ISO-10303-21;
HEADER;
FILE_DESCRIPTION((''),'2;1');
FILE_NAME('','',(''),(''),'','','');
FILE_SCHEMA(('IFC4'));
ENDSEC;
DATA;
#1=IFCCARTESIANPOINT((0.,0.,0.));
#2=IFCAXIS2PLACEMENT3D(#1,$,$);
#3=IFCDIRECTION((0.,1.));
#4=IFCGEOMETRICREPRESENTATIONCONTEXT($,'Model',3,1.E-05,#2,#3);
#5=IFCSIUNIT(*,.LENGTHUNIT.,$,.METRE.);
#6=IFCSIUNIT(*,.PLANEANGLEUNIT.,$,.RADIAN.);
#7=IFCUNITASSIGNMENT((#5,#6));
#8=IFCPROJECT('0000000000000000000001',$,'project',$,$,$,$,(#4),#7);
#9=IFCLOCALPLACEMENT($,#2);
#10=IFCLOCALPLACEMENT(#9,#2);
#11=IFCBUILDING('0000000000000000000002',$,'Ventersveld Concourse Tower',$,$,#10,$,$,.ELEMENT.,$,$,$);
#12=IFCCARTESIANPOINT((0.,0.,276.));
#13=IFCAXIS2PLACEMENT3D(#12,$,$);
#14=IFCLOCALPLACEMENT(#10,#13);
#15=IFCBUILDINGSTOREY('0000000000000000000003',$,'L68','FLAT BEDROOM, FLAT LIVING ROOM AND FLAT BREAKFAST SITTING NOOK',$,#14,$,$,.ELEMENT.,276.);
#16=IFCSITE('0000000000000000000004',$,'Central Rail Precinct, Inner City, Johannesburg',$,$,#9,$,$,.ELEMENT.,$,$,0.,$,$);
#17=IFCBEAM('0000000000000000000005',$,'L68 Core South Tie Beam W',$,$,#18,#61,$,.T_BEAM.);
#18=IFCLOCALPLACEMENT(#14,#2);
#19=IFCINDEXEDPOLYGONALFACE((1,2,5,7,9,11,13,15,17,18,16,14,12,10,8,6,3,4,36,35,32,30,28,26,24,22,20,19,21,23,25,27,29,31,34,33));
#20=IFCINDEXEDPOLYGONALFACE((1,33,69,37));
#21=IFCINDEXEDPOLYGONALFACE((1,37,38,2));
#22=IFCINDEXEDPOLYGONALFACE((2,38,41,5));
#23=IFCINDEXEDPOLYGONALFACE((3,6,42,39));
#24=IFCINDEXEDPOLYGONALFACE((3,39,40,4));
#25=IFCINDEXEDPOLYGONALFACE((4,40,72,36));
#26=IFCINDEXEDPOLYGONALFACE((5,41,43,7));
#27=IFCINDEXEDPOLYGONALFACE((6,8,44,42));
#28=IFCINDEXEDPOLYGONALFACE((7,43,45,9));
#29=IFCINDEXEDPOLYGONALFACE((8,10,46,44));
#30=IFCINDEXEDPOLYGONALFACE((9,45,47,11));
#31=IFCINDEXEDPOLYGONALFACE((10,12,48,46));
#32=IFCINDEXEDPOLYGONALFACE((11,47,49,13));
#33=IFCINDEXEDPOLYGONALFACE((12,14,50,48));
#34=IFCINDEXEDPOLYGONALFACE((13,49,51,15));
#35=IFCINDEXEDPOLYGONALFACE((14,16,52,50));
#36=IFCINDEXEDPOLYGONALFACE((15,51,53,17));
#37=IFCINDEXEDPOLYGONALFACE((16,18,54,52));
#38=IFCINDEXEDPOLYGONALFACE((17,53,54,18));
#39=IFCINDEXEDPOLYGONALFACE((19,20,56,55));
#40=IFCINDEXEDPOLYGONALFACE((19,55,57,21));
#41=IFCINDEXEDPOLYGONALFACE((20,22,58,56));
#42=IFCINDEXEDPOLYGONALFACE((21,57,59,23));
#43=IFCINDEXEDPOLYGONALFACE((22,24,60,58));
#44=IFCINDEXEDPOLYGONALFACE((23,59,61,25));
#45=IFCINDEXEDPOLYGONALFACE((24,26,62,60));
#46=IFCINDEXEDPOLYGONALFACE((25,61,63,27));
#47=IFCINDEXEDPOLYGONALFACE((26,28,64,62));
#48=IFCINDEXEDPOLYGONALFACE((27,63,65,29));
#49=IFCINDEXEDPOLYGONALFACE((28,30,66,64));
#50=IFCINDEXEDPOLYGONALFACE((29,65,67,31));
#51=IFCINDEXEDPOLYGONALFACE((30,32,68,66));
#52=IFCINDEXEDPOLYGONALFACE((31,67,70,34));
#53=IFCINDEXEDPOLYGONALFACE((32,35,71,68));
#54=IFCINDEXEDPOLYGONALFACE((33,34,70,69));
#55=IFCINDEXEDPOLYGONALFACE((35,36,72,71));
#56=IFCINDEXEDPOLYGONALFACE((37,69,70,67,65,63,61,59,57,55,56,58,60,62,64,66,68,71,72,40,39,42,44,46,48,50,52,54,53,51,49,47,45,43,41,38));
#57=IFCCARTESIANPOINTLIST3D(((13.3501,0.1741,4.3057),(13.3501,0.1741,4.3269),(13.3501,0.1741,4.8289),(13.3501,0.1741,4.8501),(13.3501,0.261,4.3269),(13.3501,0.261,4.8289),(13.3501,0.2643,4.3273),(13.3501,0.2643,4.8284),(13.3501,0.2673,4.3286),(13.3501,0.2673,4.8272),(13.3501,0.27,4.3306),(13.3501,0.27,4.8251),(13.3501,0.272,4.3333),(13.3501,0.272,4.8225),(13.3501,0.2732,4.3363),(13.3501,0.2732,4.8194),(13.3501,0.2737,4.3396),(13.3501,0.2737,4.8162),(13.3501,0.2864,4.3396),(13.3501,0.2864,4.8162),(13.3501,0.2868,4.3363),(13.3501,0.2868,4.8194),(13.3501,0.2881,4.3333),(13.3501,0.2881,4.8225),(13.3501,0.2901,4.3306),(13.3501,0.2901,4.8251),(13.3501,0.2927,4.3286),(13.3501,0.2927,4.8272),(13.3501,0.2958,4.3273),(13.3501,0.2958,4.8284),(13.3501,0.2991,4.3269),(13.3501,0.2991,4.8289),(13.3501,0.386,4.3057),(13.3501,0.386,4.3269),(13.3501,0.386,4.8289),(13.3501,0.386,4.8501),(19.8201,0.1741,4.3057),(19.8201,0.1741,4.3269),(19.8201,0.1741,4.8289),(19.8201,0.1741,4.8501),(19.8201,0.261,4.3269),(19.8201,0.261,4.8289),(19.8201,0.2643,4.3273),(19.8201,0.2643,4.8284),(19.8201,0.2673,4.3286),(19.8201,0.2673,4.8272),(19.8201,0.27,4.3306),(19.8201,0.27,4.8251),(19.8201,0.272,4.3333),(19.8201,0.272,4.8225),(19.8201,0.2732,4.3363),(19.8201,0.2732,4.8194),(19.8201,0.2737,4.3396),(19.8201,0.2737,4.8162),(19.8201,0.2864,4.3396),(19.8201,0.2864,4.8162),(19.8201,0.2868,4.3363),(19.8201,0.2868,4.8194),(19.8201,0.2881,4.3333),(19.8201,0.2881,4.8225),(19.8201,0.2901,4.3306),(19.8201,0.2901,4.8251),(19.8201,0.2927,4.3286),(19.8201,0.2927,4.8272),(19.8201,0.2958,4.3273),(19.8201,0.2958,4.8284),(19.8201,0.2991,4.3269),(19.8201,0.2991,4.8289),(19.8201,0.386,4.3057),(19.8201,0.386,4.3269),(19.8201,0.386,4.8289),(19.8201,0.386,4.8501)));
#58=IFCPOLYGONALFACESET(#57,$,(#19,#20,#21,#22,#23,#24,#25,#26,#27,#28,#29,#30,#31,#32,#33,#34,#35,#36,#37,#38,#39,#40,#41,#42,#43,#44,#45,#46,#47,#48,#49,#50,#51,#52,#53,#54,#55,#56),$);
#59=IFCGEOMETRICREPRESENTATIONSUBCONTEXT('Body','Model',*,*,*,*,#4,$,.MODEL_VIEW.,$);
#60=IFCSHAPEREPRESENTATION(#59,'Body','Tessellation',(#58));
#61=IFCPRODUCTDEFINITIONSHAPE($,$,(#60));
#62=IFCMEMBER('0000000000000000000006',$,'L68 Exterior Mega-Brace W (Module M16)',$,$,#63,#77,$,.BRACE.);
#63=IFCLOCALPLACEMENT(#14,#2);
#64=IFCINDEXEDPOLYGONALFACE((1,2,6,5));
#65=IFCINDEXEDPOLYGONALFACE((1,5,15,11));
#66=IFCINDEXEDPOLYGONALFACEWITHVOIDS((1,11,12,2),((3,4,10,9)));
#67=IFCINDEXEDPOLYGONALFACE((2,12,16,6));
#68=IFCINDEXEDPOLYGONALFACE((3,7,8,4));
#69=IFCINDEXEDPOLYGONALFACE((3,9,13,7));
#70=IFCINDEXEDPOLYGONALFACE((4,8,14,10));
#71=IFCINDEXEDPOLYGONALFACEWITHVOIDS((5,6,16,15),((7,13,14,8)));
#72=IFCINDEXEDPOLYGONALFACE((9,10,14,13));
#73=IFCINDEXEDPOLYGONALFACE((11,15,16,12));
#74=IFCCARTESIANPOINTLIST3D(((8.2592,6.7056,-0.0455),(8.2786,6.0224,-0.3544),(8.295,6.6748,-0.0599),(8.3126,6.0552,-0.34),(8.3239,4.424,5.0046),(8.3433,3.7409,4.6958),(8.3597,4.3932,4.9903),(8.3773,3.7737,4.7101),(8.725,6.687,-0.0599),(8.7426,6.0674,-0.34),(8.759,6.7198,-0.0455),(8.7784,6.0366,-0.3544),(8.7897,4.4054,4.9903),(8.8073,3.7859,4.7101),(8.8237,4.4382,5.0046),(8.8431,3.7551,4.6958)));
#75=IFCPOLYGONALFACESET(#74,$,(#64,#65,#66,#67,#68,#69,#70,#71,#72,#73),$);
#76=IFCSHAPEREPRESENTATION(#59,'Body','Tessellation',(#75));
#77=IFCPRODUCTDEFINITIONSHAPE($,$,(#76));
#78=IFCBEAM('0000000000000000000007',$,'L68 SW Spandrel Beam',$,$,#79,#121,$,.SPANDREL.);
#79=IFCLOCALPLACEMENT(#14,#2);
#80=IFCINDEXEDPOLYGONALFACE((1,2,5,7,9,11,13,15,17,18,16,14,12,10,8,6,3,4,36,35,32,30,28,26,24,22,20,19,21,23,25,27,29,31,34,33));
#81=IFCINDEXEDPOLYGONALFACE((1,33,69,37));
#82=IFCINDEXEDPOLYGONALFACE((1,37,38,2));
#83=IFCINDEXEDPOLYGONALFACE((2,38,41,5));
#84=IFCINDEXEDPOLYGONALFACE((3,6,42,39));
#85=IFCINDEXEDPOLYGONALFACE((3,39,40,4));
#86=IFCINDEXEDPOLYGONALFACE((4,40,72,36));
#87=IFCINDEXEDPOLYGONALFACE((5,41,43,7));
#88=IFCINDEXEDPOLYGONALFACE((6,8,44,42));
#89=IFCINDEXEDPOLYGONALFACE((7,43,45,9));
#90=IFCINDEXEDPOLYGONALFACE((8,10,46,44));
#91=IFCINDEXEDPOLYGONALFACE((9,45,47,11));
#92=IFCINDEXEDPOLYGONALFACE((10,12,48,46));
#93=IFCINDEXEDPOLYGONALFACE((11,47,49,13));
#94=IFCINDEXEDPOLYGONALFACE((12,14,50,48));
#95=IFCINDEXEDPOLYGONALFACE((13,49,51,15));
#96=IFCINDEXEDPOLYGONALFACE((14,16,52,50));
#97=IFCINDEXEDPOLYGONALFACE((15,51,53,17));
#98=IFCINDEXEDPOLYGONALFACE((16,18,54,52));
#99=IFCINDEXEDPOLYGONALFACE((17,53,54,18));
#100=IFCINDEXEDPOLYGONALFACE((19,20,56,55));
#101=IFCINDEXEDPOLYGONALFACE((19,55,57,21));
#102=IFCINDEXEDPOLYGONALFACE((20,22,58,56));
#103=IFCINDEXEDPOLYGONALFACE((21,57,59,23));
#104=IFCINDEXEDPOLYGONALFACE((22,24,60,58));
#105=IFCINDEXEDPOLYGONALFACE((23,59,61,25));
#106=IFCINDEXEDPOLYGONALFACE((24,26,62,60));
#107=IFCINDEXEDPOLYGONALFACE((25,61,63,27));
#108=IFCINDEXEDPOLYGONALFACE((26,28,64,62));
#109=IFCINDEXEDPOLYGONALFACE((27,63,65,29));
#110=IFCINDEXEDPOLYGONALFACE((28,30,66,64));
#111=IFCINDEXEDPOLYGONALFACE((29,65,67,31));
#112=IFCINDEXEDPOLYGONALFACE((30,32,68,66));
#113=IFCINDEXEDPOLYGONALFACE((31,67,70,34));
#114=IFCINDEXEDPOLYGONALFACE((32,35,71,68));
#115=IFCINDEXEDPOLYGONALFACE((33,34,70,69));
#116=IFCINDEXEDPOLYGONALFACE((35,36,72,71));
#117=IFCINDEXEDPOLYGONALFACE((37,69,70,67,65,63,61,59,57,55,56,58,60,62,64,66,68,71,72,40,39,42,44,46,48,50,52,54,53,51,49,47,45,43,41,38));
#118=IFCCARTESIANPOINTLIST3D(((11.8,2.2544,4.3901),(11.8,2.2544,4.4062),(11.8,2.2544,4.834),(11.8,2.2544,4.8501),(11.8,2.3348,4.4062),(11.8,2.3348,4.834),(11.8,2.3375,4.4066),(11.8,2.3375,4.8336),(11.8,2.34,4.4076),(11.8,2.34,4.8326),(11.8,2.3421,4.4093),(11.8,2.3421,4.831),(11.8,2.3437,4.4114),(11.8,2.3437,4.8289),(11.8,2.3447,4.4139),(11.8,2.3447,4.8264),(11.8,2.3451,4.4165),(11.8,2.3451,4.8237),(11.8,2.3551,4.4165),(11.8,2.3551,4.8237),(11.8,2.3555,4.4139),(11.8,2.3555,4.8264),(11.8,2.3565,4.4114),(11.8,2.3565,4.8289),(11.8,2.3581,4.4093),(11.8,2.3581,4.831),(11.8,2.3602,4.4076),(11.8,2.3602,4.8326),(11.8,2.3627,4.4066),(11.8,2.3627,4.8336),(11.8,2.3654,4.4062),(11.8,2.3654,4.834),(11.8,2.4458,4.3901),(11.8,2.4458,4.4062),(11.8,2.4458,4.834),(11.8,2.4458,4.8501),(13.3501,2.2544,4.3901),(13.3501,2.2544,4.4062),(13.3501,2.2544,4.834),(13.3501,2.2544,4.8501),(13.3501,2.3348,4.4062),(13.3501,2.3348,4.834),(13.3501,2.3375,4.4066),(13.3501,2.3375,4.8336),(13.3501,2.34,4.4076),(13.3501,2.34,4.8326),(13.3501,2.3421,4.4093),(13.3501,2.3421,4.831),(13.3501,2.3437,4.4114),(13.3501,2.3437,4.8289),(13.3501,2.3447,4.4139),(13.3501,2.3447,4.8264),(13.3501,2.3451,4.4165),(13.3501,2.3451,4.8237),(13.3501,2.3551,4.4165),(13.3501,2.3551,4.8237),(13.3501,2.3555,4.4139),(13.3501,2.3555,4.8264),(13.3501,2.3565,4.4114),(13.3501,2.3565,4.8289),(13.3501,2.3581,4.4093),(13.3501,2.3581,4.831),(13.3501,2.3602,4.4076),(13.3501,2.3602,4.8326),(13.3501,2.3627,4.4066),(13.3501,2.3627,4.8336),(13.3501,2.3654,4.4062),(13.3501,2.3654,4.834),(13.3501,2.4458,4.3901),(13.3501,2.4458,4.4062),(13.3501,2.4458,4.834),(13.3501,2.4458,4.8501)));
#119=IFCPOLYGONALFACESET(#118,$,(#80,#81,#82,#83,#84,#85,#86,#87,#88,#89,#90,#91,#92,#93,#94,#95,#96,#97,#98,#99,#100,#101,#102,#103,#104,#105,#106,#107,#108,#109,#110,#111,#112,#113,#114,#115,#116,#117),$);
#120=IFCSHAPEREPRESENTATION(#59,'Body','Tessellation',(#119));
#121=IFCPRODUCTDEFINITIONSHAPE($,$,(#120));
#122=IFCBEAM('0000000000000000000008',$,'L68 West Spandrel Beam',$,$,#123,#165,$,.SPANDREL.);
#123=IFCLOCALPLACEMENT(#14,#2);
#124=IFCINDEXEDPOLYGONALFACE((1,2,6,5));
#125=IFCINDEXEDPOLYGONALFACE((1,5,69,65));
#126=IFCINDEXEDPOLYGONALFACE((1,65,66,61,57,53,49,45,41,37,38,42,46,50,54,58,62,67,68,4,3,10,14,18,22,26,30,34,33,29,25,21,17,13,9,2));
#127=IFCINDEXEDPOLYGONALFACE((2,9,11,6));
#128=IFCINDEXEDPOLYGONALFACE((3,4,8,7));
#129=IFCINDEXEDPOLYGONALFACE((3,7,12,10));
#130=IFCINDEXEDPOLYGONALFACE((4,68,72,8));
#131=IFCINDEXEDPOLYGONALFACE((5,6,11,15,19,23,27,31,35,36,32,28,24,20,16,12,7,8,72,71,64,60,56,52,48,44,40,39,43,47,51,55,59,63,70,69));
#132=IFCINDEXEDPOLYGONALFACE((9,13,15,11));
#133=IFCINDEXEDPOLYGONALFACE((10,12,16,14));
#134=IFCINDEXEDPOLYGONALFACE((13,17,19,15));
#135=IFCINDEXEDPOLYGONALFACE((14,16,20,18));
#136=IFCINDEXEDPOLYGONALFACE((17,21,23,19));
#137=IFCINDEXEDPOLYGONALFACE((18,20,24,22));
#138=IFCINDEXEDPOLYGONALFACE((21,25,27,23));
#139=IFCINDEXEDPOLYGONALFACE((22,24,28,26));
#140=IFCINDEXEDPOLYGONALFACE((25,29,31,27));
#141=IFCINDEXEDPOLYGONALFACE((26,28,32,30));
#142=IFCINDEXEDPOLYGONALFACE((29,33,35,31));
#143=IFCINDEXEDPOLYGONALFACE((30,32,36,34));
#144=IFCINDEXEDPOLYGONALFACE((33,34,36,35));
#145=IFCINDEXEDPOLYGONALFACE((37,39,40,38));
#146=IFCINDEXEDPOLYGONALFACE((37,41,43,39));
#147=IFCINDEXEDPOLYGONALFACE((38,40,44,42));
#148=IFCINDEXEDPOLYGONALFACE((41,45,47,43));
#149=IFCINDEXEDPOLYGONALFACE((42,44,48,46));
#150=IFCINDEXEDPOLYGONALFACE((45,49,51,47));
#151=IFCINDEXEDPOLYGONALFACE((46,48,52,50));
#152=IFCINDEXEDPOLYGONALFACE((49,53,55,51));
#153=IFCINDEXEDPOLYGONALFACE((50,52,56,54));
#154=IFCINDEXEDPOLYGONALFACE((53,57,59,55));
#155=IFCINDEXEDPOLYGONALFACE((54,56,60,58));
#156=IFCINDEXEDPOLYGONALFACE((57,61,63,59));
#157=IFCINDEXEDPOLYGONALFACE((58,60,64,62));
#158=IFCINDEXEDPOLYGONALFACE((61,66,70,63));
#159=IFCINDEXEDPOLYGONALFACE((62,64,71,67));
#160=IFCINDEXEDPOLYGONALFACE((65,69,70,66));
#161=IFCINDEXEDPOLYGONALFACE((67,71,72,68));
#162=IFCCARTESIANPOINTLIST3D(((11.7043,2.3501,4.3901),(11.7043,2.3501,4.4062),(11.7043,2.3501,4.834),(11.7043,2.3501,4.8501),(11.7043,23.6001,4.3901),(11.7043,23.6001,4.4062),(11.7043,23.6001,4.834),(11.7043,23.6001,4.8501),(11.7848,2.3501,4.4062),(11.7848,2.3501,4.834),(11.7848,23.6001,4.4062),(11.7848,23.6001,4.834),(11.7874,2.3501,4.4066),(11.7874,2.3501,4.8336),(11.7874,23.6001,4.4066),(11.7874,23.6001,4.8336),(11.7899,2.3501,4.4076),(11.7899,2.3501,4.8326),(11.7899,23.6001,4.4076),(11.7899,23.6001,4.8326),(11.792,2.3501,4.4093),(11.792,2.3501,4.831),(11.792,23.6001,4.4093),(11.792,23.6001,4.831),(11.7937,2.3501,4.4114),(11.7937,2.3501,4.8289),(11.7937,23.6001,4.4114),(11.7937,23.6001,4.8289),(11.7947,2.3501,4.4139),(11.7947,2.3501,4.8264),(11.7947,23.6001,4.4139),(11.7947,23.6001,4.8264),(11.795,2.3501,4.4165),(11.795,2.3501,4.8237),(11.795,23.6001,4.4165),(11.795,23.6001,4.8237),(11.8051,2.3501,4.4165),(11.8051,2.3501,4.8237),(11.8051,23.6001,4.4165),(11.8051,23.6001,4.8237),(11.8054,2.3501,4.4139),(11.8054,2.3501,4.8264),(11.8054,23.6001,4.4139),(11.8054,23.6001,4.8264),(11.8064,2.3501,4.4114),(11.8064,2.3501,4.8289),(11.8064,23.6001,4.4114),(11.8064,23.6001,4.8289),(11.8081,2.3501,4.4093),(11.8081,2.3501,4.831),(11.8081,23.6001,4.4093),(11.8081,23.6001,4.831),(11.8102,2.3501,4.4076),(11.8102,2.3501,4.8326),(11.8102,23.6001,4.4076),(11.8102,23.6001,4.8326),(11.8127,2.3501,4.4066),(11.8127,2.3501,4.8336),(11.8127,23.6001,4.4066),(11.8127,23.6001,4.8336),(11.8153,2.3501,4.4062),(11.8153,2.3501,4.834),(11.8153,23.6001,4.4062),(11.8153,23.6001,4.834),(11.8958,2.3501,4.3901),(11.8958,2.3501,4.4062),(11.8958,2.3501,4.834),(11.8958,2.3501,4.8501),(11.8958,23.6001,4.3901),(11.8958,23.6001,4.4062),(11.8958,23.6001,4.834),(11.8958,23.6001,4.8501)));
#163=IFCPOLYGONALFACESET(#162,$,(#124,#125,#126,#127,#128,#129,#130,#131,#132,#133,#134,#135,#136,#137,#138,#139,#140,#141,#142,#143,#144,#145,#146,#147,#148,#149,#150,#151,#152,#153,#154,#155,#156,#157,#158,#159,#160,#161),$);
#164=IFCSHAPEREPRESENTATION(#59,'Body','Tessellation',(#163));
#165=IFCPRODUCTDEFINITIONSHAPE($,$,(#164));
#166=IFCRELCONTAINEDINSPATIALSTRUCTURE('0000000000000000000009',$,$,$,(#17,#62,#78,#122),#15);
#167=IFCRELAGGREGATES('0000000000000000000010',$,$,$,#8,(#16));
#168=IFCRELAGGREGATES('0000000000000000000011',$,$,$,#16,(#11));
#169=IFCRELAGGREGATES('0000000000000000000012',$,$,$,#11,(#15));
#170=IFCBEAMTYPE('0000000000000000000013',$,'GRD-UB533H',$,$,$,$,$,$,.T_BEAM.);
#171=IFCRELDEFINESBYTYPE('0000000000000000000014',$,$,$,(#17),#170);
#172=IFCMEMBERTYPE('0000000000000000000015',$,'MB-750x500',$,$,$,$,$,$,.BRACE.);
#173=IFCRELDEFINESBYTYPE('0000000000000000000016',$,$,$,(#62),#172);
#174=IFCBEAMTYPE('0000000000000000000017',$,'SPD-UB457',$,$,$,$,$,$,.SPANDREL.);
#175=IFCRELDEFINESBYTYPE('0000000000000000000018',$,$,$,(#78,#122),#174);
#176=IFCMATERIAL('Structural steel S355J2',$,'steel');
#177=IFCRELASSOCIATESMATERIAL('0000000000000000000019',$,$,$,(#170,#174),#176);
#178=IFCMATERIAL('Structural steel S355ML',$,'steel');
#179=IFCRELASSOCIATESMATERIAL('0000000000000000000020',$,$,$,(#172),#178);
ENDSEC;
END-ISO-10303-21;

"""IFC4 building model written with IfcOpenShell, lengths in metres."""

from ifc_helpers import new_model, si_unit, direction, frame, origin, origin_2d, place, context, subcontext, project, spatial, hollow_rectangle, i_section, extrude, material, material_profile, profile_set, type_object, element, save


model = new_model("IFC4")

# Units and contexts
model_context = context("Model", 3, precision=1e-05, world=origin(), true_north=direction((0.0, 1.0)))
body_context = subcontext(model_context, "Body", "Model", "MODEL_VIEW")
ifc_project = project(units=[si_unit("LENGTHUNIT", "METRE"), si_unit("PLANEANGLEUNIT", "RADIAN")], contexts=[model_context])

# Site, building, storey
site_placement = place(None, origin())
site = spatial("IfcSite", under=ifc_project, at=site_placement, Name="Central Rail Precinct, Inner City, Johannesburg", CompositionType="ELEMENT", RefElevation=0.0)
building_placement = place(site_placement, origin())
building = spatial("IfcBuilding", under=site, at=building_placement, Name="Ventersveld Concourse Tower", CompositionType="ELEMENT")
storey_placement = place(building_placement, frame((0.0, 0.0, 276.0)))
storey = spatial("IfcBuildingStorey", under=building, at=storey_placement, Name="L68", Description="FLAT BEDROOM, FLAT LIVING ROOM AND FLAT BREAKFAST SITTING NOOK", CompositionType="ELEMENT", Elevation=276.0)

# Beam
ifc_material_1 = material(Name="Structural steel S355J2", Category="steel")
ifc_material_profile_1 = material_profile(ifc_material_1, i_section(OverallWidth=0.2119, OverallDepth=0.5444, WebThickness=0.0127, FlangeThickness=0.0212, FilletRadius=0.0127, at=origin_2d()), Name="UB 533x210x122")
ifc_profile_set_1 = profile_set([ifc_material_profile_1], Name="Structural steel S355J2")
beam_type_1 = type_object("IfcBeamType", Name="GRD-UB533H", PredefinedType="T_BEAM", material=ifc_profile_set_1)
beam_1_placement = place(storey_placement, frame((13.3501, 0.28, 4.5779), z_axis=(1.0, 0.0, 0.0), x_axis=(0.0, 1.0, 0.0)))
element("IfcBeam", 1, at=beam_1_placement, inside=storey, type_object=beam_type_1, Name="L68 Core South Tie Beam W", PredefinedType="T_BEAM", context=body_context, shape_type="SweptSolid", body=[
    extrude(i_section(OverallWidth=0.2119, OverallDepth=0.5444, WebThickness=0.0127, FlangeThickness=0.0212, FilletRadius=0.0127, at=origin_2d()), origin(), (0.0, 0.0, 1.0), 6.47),
])

# Member
ifc_material_2 = material(Name="Structural steel S355ML", Category="steel")
ifc_material_profile_2 = material_profile(ifc_material_2, hollow_rectangle(XDim=0.5, YDim=0.75, WallThickness=0.0349, at=origin_2d()), Name="BOX 750x500x35")
ifc_profile_set_2 = profile_set([ifc_material_profile_2], Name="Structural steel S355ML")
member_type = type_object("IfcMemberType", Name="MB-750x500", PredefinedType="BRACE", material=ifc_profile_set_2)
member_placement = place(storey_placement, frame((8.5188, 6.3711, -0.2), z_axis=(0.011674, -0.411683, 0.911253), x_axis=(0.999598, 0.028346, 0.0)))
element("IfcMember", 2, at=member_placement, inside=storey, type_object=member_type, Name="L68 Exterior Mega-Brace W (Module M16)", PredefinedType="BRACE", context=body_context, shape_type="SweptSolid", body=[
    extrude(hollow_rectangle(XDim=0.5, YDim=0.75, WallThickness=0.0349, at=origin_2d()), origin(), (0.0, 0.0, 1.0), 5.542),
])

# Beams
ifc_material_profile_3 = material_profile(ifc_material_1, i_section(OverallWidth=0.1914, OverallDepth=0.46, WebThickness=0.01, FlangeThickness=0.0161, FilletRadius=0.0103, at=origin_2d()), Name="UB 457x191x82")
ifc_profile_set_3 = profile_set([ifc_material_profile_3], Name="Structural steel S355J2")
beam_type_2 = type_object("IfcBeamType", Name="SPD-UB457", PredefinedType="SPANDREL", material=ifc_profile_set_3)
beam_2_placement = place(storey_placement, frame((11.8, 2.3501, 4.6201), z_axis=(1.0, 0.0, 0.0), x_axis=(0.0, 1.0, 0.0)))
element("IfcBeam", 3, at=beam_2_placement, inside=storey, type_object=beam_type_2, Name="L68 SW Spandrel Beam", PredefinedType="SPANDREL", context=body_context, shape_type="SweptSolid", body=[
    extrude(i_section(OverallWidth=0.1914, OverallDepth=0.46, WebThickness=0.01, FlangeThickness=0.0161, FilletRadius=0.0103, at=origin_2d()), origin(), (0.0, 0.0, 1.0), 1.55),
])
beam_3_placement = place(storey_placement, frame((11.8, 2.3501, 4.6201), z_axis=(0.0, 1.0, 0.0), x_axis=(-1.0, 0.0, 0.0)))
element("IfcBeam", 4, at=beam_3_placement, inside=storey, type_object=beam_type_2, Name="L68 West Spandrel Beam", PredefinedType="SPANDREL", context=body_context, shape_type="SweptSolid", body=[
    extrude(i_section(OverallWidth=0.1914, OverallDepth=0.46, WebThickness=0.01, FlangeThickness=0.0161, FilletRadius=0.0103, at=origin_2d()), origin(), (0.0, 0.0, 1.0), 21.25),
])

save(model, "model.ifc")
